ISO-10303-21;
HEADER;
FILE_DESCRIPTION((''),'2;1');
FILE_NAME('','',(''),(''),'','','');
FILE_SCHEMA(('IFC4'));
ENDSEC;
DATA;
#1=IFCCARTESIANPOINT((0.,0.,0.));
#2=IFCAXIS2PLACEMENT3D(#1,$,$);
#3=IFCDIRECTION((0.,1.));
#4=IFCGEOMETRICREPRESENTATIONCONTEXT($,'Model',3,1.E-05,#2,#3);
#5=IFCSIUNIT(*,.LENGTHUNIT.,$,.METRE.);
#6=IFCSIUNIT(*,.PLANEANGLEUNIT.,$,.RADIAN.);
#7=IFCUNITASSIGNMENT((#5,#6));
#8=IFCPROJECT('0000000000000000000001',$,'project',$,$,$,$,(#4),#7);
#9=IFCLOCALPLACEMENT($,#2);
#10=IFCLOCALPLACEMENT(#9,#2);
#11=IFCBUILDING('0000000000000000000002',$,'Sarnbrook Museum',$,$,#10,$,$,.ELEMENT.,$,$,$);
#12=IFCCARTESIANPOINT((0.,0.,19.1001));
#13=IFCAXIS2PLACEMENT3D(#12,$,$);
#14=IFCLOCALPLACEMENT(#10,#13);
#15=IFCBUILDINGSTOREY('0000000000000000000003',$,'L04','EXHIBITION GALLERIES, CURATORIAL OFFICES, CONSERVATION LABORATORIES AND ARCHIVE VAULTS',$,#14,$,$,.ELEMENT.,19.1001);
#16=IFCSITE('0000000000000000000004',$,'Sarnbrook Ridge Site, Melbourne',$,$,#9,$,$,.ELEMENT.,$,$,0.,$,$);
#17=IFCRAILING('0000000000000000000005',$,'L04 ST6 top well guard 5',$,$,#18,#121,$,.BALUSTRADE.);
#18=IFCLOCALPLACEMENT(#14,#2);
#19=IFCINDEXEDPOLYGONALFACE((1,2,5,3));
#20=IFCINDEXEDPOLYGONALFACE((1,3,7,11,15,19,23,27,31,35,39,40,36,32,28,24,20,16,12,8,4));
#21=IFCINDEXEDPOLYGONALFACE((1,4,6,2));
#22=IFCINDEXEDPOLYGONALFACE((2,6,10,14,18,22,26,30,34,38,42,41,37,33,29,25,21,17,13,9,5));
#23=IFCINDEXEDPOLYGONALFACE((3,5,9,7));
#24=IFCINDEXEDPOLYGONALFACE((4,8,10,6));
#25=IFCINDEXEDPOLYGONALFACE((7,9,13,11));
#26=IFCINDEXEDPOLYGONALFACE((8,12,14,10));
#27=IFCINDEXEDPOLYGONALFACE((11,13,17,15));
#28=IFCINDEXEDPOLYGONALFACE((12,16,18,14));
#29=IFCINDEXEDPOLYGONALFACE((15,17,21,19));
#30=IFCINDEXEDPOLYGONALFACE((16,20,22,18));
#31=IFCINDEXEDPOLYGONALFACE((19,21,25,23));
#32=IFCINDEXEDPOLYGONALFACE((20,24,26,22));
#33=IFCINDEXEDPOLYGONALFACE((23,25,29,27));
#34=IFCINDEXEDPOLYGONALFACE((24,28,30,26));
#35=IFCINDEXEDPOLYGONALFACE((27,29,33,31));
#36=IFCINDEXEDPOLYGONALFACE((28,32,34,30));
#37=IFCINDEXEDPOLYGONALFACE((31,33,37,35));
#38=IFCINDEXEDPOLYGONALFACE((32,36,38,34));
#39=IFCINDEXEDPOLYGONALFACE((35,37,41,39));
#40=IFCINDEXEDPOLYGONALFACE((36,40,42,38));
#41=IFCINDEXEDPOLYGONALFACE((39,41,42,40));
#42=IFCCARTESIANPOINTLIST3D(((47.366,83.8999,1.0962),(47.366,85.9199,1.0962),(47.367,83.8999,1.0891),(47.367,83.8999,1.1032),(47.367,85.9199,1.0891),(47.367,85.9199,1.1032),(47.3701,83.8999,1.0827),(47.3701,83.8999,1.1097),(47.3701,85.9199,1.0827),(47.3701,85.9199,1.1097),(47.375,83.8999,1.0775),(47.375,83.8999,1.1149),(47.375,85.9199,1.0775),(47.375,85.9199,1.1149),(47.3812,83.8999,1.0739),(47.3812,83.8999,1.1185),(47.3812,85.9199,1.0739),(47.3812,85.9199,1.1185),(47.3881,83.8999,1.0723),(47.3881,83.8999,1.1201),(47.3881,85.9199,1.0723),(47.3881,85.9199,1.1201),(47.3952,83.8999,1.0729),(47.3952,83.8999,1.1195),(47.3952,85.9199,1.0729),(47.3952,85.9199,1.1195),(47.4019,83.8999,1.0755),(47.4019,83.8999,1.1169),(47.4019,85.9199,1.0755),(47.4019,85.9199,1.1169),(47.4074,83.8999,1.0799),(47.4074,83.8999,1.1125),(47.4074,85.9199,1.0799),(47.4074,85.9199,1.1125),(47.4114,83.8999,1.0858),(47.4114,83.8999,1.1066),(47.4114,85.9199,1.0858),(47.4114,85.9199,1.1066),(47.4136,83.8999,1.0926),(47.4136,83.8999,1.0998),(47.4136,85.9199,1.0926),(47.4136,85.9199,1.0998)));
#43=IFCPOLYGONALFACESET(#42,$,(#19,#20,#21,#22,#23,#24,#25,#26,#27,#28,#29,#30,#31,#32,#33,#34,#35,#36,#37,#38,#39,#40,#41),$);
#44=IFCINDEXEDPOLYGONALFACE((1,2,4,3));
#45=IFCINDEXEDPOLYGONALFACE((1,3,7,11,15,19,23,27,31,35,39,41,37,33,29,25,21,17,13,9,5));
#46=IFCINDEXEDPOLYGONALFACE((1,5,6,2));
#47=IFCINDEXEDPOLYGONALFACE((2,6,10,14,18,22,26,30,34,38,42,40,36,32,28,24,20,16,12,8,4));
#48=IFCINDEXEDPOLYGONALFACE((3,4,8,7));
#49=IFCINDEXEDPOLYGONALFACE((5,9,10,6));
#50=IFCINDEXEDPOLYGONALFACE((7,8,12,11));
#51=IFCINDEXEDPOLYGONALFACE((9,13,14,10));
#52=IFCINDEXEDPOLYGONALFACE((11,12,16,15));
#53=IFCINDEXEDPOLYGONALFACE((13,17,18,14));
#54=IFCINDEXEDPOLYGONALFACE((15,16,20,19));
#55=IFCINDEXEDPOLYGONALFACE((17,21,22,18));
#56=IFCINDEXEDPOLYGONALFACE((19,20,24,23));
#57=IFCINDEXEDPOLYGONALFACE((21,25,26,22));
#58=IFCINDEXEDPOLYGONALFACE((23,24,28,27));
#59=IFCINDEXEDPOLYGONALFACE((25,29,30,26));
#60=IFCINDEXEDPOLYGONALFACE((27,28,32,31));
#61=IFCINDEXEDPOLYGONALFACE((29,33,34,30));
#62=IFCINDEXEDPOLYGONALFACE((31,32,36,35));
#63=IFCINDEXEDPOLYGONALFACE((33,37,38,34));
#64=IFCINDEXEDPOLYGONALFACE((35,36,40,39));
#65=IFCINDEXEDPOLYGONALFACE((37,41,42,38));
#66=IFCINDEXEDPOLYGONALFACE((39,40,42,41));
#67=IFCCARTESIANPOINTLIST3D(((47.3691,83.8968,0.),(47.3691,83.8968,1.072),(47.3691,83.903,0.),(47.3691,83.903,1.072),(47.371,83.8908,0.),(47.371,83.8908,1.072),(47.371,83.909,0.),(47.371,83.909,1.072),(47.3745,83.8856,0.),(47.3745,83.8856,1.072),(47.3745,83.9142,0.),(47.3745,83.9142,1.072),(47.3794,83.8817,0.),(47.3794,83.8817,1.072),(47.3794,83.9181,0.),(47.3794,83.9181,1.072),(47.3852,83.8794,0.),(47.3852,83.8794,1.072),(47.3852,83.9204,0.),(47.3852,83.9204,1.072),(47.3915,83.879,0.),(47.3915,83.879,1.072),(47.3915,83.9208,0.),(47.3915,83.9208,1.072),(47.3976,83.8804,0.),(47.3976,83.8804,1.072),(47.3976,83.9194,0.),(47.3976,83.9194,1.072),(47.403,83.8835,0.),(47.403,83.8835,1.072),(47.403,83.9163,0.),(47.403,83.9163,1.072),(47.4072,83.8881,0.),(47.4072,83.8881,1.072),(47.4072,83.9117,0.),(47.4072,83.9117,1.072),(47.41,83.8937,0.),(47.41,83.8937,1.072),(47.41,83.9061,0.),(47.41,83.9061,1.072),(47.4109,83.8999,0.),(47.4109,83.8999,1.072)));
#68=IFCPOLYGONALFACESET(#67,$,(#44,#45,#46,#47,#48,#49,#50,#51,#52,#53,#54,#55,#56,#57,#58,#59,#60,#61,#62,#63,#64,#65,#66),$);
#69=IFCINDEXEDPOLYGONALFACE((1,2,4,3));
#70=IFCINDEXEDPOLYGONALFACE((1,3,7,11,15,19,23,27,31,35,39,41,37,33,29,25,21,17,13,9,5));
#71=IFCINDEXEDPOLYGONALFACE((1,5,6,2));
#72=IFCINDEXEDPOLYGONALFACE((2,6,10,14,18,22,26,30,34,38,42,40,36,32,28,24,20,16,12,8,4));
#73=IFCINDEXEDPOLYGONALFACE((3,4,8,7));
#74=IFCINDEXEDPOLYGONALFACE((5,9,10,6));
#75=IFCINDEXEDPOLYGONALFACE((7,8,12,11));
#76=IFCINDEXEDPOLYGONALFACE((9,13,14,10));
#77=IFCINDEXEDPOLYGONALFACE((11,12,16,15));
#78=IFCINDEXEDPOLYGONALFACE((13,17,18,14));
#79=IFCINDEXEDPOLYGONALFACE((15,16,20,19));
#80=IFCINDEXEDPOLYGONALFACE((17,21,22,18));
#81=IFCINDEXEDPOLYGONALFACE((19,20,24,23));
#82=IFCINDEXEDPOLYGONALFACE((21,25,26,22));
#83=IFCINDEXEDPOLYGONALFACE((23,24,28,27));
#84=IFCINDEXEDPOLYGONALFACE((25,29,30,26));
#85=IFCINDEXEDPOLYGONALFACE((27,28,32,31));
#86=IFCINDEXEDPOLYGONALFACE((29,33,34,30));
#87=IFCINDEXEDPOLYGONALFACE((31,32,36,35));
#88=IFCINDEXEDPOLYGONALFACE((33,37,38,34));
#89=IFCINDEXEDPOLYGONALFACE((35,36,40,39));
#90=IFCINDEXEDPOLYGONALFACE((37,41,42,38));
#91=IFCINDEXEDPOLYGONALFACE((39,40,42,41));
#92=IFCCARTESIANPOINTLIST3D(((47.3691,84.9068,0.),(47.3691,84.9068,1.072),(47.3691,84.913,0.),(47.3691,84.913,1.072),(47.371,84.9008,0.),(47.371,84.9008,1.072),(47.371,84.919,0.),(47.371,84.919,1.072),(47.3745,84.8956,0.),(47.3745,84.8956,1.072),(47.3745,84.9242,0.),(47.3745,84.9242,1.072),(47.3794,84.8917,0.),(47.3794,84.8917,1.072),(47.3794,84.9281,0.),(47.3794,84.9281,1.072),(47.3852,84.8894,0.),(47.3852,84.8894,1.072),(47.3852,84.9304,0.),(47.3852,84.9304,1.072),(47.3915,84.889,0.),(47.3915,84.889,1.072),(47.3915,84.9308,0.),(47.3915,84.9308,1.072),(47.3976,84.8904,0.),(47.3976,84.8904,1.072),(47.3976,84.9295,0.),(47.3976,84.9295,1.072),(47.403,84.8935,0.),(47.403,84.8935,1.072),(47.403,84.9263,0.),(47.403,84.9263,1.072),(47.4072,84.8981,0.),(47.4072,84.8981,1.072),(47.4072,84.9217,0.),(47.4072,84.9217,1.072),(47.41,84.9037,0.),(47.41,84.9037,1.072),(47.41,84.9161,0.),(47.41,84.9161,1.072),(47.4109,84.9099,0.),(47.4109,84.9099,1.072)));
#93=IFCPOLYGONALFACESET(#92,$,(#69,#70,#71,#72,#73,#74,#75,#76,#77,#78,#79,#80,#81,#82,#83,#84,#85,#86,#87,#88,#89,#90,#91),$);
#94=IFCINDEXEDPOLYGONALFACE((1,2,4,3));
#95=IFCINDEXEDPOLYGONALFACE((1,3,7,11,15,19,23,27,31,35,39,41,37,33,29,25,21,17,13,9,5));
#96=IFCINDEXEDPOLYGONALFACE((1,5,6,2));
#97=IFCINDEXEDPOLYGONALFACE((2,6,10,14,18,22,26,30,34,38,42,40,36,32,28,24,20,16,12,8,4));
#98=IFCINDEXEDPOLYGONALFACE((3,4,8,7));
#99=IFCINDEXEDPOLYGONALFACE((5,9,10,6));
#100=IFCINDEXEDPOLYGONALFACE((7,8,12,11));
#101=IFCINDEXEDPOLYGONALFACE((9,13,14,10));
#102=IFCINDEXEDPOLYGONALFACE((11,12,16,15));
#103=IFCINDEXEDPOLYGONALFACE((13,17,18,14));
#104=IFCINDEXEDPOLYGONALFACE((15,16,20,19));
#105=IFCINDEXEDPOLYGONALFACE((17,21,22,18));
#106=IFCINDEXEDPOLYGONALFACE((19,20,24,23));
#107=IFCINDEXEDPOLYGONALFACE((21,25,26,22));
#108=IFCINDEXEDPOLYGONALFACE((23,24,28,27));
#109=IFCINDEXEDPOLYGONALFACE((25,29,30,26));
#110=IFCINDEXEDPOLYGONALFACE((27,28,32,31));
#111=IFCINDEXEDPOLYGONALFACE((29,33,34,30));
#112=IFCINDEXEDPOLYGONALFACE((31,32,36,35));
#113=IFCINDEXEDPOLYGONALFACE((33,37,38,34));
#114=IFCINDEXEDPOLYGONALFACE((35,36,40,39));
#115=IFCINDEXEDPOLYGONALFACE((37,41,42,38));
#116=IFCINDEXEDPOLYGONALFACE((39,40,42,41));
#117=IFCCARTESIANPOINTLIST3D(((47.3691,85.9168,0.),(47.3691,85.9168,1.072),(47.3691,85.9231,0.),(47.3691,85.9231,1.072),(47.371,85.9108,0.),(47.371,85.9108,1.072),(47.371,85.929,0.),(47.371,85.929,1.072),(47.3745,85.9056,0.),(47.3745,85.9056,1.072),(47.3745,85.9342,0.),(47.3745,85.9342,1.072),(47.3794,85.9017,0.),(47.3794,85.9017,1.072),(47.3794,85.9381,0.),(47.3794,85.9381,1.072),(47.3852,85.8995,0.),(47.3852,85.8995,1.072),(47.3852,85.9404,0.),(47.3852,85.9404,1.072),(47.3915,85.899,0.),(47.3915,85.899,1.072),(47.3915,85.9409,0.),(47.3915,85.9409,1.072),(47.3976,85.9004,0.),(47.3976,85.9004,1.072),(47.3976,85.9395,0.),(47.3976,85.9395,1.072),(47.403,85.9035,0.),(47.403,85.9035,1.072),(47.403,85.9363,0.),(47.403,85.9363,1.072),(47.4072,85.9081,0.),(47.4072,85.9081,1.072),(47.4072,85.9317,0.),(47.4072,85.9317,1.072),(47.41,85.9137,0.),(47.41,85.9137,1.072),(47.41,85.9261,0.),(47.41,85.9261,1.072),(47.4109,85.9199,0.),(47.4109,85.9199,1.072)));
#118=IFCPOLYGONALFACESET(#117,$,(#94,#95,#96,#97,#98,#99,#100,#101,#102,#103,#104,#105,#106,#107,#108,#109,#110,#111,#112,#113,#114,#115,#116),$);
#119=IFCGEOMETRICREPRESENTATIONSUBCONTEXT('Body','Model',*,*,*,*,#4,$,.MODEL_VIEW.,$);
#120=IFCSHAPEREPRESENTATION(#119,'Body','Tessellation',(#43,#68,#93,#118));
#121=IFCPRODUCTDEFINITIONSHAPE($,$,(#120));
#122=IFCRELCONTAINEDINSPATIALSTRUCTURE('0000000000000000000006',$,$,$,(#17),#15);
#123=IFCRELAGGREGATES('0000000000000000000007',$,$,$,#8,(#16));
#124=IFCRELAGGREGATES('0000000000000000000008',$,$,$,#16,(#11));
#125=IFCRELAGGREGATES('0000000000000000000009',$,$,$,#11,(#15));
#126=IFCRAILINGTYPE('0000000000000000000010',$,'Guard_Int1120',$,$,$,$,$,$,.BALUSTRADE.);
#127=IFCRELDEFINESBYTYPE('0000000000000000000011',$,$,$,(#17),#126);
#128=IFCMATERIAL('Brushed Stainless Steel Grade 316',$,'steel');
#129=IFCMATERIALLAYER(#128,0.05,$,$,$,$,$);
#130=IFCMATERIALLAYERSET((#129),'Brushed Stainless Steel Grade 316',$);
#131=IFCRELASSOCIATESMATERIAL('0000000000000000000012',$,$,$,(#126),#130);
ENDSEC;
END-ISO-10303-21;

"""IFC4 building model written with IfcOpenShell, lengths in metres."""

from ifc_helpers import new_model, si_unit, direction, frame, origin, origin_2d, place, context, subcontext, project, spatial, circle, extrude, material, layer, layer_set, type_object, element, save


model = new_model("IFC4")

# Units and contexts
model_context = context("Model", 3, precision=1e-05, world=origin(), true_north=direction((0.0, 1.0)))
body_context = subcontext(model_context, "Body", "Model", "MODEL_VIEW")
ifc_project = project(units=[si_unit("LENGTHUNIT", "METRE"), si_unit("PLANEANGLEUNIT", "RADIAN")], contexts=[model_context])

# Site, building, storey
site_placement = place(None, origin())
site = spatial("IfcSite", under=ifc_project, at=site_placement, Name="Sarnbrook Ridge Site, Melbourne", CompositionType="ELEMENT", RefElevation=0.0)
building_placement = place(site_placement, origin())
building = spatial("IfcBuilding", under=site, at=building_placement, Name="Sarnbrook Museum", CompositionType="ELEMENT")
storey_placement = place(building_placement, frame((0.0, 0.0, 19.1001)))
storey = spatial("IfcBuildingStorey", under=building, at=storey_placement, Name="L04", Description="EXHIBITION GALLERIES, CURATORIAL OFFICES, CONSERVATION LABORATORIES AND ARCHIVE VAULTS", CompositionType="ELEMENT", Elevation=19.1001)

# Shared definitions
ifc_material_1 = material(Name="Brushed Stainless Steel Grade 316", Category="steel")

# Railing
ifc_layer_1 = layer(ifc_material_1, 0.05)
ifc_layer_set_1 = layer_set([ifc_layer_1], Name="Brushed Stainless Steel Grade 316")
railing_type = type_object("IfcRailingType", Name="Guard_Int1120", PredefinedType="BALUSTRADE", material=ifc_layer_set_1)
for number, where, name in (
    (1, (47.3899, 83.8999, 0.0), "L04 ST6 top well guard 5"),
):
    element("IfcRailing", number, at=place(storey_placement, frame(where)), inside=storey, type_object=railing_type, Name=name, PredefinedType="BALUSTRADE", context=body_context, shape_type="SweptSolid", body=[
        extrude(circle(Radius=0.0239, at=origin_2d()), frame((0.0, 0.0, 1.0962), z_axis=(0.0, 1.0, 0.0), x_axis=(-1.0, 0.0, 0.0)), (0.0, 0.0, 1.0), 2.02),
        extrude(circle(Radius=0.021, at=origin_2d()), origin(), (0.0, 0.0, 1.0), 1.072),
        extrude(circle(Radius=0.021, at=origin_2d()), frame((0.0, 1.01, 0.0)), (0.0, 0.0, 1.0), 1.072),
        extrude(circle(Radius=0.021, at=origin_2d()), frame((0.0, 2.02, 0.0)), (0.0, 0.0, 1.0), 1.072),
    ])

save(model, "model.ifc")
